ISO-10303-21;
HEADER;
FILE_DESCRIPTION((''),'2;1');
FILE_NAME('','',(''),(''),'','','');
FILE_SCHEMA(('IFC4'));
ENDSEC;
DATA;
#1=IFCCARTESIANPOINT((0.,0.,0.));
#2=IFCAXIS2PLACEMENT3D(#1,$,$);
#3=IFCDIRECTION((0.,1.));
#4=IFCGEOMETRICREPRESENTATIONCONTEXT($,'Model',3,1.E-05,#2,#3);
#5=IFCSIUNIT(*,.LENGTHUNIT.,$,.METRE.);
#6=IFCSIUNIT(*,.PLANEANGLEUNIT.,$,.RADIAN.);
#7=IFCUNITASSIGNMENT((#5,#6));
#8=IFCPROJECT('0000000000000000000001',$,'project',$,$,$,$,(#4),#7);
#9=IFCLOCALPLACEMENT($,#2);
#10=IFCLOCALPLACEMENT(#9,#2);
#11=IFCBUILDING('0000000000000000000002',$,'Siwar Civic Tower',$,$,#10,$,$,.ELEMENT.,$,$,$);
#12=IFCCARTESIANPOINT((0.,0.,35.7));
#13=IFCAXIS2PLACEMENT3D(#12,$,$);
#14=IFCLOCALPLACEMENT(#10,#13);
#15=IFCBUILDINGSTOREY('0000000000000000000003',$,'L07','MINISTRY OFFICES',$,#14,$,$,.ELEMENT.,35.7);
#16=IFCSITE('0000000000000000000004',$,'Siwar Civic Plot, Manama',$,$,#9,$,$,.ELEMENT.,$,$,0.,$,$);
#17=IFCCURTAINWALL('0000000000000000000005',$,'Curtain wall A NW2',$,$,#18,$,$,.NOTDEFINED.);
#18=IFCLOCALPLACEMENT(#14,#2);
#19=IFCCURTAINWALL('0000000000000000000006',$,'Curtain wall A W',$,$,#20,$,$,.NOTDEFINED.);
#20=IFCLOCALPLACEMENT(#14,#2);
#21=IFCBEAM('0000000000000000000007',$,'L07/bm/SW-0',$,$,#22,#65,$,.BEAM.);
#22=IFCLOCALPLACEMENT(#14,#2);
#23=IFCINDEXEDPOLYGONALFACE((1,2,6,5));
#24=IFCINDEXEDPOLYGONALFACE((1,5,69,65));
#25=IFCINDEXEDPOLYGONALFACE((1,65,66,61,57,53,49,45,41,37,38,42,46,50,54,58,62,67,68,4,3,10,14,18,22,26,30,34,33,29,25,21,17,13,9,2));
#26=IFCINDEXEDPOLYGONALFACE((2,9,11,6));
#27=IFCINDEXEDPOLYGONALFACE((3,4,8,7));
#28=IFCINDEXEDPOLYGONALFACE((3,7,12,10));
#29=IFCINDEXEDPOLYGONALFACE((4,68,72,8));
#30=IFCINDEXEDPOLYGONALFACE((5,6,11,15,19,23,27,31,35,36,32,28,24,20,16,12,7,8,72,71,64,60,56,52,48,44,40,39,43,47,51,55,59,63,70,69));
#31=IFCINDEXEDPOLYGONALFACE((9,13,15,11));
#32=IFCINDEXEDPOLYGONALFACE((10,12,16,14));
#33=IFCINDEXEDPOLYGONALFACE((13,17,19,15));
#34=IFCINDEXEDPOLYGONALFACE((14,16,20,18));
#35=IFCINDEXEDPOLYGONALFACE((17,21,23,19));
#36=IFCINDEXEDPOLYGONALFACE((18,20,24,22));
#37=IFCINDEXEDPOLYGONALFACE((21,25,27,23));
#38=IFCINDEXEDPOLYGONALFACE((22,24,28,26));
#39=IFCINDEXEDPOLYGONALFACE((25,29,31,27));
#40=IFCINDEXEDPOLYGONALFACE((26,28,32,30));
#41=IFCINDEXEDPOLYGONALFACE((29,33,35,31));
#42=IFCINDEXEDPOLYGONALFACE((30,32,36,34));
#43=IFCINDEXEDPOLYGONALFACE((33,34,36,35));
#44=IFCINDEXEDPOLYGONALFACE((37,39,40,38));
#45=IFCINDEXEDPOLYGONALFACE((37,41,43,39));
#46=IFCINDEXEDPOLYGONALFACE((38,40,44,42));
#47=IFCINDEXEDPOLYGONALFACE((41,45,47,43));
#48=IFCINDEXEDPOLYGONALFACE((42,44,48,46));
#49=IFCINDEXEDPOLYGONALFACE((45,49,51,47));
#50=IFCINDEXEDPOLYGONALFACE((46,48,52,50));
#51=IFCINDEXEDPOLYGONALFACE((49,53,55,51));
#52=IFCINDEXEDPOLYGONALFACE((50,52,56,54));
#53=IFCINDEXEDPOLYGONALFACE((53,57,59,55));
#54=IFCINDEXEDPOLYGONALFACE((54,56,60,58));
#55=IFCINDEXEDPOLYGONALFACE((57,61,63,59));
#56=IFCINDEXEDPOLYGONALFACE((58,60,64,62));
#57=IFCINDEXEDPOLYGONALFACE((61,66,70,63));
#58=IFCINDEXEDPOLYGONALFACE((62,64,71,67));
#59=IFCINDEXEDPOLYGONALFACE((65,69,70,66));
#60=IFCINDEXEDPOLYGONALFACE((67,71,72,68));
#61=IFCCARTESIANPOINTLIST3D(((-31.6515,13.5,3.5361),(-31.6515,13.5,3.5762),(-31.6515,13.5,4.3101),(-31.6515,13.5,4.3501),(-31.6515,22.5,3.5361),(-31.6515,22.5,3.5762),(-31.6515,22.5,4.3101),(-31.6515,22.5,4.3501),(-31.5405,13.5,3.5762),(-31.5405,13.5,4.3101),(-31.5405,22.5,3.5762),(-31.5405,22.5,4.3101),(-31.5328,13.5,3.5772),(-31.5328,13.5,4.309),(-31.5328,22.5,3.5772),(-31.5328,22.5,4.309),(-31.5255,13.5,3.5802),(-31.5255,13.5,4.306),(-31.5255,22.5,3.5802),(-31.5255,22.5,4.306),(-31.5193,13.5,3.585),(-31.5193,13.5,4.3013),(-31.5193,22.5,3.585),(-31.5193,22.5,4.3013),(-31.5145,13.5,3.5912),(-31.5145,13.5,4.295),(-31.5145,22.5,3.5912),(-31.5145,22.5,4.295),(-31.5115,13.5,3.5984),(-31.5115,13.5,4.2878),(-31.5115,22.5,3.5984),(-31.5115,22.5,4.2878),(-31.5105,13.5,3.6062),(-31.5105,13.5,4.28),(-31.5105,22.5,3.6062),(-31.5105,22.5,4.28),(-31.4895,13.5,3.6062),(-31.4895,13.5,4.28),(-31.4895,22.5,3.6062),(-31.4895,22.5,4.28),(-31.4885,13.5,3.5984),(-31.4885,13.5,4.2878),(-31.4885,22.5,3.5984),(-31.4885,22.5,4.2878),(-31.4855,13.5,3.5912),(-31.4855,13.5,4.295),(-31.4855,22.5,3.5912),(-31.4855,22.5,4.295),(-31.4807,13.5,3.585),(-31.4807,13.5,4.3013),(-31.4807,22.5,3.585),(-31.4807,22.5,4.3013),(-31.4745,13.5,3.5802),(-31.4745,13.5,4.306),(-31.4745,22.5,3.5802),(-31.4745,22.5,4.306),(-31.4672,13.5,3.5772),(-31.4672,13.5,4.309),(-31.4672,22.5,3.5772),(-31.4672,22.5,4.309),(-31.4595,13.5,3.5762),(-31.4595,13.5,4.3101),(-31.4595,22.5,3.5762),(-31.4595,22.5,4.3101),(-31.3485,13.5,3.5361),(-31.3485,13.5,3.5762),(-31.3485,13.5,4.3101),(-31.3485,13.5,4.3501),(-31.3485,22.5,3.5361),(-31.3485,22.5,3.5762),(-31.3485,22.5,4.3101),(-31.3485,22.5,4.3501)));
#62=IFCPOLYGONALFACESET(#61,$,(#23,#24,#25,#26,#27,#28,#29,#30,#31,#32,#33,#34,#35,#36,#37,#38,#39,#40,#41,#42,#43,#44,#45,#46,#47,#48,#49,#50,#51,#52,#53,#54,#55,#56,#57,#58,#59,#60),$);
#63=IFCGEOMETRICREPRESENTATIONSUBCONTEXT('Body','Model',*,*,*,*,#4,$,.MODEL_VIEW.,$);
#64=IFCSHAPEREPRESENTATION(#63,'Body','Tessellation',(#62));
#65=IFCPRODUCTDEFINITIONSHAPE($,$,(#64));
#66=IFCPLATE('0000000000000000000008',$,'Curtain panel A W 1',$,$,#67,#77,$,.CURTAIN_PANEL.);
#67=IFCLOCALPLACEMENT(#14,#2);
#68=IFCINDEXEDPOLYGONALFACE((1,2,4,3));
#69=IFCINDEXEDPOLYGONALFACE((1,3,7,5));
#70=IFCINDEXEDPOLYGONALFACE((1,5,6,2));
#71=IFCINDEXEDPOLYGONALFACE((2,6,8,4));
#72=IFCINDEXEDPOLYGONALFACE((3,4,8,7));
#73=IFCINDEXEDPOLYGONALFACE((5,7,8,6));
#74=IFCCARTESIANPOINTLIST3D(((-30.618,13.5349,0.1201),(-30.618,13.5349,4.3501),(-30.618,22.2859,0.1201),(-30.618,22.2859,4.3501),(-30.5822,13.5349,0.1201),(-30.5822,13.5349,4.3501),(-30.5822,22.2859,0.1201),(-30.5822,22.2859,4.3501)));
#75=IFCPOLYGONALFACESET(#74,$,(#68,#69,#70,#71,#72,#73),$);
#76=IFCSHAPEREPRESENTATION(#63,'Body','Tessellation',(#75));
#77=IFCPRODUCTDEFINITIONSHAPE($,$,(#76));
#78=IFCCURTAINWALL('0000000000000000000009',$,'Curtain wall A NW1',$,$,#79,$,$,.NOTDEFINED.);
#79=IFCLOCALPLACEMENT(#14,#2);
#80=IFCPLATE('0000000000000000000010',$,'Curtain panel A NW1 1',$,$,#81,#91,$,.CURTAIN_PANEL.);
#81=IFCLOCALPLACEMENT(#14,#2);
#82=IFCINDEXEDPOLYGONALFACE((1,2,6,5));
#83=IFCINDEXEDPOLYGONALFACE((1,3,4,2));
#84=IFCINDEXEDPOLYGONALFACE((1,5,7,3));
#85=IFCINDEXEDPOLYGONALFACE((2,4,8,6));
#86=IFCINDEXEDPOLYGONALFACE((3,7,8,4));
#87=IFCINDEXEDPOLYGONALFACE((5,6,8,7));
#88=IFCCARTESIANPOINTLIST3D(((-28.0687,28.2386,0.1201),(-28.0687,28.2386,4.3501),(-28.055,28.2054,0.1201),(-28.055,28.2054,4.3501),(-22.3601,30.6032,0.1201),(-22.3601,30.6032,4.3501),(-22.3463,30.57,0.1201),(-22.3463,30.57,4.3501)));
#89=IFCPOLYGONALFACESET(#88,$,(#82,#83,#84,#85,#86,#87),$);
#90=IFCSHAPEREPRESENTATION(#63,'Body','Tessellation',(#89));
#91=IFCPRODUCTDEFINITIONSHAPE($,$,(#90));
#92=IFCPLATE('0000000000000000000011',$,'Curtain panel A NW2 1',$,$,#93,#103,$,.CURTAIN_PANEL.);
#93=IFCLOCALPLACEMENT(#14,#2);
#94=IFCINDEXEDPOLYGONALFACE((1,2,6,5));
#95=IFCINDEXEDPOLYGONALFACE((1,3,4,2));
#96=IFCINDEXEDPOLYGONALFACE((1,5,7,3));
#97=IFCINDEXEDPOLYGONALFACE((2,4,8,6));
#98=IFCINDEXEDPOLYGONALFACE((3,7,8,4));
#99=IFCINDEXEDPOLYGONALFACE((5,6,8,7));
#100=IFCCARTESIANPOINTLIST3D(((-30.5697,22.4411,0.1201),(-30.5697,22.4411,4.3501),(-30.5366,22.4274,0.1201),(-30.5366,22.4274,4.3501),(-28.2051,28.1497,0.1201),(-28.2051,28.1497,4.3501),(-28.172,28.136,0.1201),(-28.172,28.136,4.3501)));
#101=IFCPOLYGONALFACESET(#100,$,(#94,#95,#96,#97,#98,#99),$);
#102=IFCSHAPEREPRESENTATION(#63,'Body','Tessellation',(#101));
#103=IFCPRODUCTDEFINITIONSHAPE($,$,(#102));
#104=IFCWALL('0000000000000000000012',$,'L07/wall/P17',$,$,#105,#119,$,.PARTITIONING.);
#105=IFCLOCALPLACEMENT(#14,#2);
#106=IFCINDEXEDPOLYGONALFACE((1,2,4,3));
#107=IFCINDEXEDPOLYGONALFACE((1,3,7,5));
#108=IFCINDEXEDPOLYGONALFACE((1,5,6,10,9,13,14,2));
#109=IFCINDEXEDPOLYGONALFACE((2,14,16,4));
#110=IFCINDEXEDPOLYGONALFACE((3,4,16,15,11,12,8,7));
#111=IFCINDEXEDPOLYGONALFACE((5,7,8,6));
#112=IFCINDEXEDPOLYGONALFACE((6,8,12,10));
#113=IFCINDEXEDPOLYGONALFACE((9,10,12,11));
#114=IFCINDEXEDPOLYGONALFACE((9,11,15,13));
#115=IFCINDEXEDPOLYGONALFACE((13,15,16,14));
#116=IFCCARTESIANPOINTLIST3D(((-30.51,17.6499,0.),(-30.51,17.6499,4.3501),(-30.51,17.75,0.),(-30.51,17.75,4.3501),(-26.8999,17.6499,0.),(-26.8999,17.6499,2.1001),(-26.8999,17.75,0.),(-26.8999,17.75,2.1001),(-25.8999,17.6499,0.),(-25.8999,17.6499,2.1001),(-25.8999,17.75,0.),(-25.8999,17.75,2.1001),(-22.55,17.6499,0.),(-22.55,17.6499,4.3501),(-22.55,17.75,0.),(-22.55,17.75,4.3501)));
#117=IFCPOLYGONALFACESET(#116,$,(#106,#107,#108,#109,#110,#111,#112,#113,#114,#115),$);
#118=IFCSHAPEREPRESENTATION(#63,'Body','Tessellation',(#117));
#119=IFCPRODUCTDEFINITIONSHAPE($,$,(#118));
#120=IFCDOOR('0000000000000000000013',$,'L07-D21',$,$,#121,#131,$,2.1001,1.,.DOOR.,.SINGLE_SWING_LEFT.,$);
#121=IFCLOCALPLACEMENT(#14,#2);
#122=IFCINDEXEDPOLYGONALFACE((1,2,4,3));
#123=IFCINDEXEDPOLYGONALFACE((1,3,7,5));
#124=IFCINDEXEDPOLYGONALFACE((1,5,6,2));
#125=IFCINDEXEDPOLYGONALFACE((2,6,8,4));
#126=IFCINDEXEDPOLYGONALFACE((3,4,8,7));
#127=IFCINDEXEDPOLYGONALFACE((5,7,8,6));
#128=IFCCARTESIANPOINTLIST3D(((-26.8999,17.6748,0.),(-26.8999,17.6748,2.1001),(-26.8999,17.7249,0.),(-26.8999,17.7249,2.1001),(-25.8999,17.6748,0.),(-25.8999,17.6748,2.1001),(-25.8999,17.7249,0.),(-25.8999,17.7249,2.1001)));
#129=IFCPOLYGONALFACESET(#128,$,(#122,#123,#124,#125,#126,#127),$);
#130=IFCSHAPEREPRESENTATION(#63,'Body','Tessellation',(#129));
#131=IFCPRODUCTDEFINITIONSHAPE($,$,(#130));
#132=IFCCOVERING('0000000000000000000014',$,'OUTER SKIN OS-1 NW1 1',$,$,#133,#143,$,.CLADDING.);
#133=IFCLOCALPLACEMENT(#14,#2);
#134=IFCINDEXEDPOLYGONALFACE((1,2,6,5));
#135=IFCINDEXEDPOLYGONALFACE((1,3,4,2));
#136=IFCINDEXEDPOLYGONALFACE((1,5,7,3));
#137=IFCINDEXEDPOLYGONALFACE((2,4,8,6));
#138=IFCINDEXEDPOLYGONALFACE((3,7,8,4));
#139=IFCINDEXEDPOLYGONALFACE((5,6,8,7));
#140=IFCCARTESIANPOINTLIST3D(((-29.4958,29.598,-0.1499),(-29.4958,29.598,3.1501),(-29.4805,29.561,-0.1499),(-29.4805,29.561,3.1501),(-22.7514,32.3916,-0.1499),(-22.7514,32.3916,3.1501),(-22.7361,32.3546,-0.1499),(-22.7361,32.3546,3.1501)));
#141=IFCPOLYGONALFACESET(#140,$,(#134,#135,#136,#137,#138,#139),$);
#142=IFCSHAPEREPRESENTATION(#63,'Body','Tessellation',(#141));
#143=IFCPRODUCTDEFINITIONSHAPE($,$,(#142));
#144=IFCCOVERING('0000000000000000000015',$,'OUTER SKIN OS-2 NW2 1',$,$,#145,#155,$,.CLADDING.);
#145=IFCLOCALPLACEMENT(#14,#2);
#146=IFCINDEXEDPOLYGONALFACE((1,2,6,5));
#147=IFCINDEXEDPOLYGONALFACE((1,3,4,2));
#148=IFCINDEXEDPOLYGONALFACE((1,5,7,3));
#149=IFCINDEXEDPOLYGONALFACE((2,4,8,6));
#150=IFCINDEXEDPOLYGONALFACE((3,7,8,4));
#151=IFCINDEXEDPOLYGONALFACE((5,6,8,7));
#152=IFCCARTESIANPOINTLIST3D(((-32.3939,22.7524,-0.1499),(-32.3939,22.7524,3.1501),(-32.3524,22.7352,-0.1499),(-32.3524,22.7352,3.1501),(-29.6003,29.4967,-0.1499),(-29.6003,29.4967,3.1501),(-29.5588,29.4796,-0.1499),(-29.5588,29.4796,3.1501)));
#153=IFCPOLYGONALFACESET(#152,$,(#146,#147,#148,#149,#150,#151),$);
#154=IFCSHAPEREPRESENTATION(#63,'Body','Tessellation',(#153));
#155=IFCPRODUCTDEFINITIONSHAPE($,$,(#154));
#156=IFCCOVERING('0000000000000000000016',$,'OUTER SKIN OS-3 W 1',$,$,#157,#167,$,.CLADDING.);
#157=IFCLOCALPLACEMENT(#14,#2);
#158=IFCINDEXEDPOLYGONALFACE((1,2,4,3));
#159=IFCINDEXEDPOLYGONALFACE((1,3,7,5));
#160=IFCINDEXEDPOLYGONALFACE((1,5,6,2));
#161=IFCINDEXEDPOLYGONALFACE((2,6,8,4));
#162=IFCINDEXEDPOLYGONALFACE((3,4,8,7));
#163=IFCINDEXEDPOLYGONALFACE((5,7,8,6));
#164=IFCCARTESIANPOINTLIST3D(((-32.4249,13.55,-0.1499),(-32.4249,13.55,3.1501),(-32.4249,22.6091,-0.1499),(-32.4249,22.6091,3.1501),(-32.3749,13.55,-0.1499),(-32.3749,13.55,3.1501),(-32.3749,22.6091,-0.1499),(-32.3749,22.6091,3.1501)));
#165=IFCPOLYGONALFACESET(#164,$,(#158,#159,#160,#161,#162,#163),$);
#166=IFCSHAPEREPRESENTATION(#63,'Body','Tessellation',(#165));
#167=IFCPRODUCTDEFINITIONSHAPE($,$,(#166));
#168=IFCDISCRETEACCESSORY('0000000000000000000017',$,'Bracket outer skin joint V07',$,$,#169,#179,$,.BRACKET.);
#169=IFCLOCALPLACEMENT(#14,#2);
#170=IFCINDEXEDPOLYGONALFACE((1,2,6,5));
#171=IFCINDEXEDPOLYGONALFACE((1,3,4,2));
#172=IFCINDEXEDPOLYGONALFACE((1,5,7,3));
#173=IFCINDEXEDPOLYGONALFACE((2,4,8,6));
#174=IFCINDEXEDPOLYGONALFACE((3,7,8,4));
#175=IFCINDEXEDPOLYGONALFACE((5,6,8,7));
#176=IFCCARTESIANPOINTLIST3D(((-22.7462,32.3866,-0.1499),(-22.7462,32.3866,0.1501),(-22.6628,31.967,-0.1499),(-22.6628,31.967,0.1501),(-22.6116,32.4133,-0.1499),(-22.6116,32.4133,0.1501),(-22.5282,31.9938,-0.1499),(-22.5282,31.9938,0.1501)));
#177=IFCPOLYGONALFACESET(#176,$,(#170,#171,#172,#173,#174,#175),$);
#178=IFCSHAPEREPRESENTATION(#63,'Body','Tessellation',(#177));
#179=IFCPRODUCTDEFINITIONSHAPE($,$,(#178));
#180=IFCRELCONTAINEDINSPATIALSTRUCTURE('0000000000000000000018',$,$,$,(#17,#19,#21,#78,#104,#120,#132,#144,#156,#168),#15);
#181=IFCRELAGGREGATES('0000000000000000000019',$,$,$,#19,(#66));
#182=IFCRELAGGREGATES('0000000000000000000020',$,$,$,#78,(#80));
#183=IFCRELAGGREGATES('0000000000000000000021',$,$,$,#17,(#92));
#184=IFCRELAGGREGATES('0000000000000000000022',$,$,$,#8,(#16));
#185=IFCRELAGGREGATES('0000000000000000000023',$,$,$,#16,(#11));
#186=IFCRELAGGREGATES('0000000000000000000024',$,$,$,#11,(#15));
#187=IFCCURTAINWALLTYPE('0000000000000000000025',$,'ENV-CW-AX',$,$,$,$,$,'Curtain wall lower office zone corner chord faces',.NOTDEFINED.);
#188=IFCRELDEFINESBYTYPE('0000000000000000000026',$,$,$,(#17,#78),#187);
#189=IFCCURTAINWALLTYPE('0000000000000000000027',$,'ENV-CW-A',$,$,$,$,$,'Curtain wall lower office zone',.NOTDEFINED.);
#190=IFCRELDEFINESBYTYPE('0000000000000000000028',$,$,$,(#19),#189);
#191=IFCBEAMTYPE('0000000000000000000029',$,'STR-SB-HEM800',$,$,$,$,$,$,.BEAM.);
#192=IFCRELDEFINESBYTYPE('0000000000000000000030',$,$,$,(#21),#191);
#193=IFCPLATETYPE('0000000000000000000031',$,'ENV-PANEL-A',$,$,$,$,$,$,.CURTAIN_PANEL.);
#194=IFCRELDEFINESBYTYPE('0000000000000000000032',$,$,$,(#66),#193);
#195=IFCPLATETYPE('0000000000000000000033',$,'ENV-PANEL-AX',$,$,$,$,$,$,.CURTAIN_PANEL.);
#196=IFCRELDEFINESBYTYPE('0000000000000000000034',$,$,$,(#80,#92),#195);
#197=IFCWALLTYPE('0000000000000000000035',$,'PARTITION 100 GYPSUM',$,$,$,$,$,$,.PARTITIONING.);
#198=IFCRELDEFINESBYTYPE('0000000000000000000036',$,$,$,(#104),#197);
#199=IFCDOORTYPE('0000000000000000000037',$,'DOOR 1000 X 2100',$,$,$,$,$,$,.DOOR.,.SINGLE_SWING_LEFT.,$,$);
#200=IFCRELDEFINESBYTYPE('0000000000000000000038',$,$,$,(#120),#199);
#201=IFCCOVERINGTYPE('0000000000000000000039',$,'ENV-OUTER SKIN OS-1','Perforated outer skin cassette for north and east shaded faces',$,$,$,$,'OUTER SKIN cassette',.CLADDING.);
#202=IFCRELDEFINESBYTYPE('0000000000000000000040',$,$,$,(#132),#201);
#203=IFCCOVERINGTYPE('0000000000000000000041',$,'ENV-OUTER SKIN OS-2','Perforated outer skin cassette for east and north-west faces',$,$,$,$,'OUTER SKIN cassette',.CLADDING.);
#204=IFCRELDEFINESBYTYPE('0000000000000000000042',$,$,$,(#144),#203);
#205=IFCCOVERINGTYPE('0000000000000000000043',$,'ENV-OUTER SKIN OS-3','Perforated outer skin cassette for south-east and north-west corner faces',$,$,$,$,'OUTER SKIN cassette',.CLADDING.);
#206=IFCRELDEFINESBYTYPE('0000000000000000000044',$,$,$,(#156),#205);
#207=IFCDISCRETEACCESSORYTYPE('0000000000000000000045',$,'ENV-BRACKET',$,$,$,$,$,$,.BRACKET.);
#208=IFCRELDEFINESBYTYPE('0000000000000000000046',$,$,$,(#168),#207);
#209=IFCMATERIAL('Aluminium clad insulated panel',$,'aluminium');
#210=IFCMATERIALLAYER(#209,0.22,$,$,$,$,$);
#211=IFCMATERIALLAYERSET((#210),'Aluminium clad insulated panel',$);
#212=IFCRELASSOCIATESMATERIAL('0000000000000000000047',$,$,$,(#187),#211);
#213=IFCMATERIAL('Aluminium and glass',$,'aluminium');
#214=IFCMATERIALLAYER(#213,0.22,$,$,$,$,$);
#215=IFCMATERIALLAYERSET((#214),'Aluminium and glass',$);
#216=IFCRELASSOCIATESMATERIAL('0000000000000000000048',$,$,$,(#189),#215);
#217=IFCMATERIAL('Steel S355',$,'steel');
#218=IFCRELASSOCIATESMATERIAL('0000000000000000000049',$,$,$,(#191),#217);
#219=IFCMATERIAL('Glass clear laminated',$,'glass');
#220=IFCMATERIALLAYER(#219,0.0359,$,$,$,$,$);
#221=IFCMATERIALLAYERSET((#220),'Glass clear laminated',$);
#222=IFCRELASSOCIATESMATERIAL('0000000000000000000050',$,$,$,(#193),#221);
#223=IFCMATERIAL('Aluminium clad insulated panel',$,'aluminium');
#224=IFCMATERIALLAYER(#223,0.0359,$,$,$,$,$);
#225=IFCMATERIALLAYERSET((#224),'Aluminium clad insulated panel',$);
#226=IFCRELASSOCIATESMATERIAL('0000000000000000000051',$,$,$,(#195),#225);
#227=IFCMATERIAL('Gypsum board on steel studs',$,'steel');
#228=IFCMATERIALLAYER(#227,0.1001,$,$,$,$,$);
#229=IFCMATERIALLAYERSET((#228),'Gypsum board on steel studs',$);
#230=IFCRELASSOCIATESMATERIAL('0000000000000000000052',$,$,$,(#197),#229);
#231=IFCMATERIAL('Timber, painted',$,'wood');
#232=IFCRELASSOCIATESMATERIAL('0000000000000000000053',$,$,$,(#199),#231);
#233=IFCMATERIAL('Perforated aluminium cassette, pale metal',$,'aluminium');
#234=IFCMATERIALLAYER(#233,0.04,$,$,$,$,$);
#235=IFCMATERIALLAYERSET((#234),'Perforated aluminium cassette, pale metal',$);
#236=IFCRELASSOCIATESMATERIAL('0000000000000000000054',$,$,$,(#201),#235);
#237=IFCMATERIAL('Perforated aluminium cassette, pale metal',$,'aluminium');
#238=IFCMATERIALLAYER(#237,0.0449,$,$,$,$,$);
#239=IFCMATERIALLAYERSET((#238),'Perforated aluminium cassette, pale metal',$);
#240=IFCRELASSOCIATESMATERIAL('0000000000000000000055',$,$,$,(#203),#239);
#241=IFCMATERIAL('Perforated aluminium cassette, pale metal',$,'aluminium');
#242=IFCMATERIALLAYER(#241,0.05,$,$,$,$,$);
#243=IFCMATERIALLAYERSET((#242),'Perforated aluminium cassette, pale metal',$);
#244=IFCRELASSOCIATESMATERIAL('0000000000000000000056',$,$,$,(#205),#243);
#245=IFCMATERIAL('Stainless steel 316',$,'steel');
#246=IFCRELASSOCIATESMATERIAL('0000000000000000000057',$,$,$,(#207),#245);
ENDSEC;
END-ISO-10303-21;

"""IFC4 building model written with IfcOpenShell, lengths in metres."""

from ifc_helpers import new_model, si_unit, direction, frame, frame_2d, origin, origin_2d, place, context, subcontext, project, spatial, rectangle, i_section, extrude, material, layer, layer_set, material_profile, profile_set, type_object, element, fill, aggregate, save


model = new_model("IFC4")

# Units and contexts
model_context = context("Model", 3, precision=1e-05, world=origin(), true_north=direction((0.0, 1.0)))
body_context = subcontext(model_context, "Body", "Model", "MODEL_VIEW")
ifc_project = project(units=[si_unit("LENGTHUNIT", "METRE"), si_unit("PLANEANGLEUNIT", "RADIAN")], contexts=[model_context])

# Site, building, storey
site_placement = place(None, origin())
site = spatial("IfcSite", under=ifc_project, at=site_placement, Name="Siwar Civic Plot, Manama", CompositionType="ELEMENT", RefElevation=0.0)
building_placement = place(site_placement, origin())
building = spatial("IfcBuilding", under=site, at=building_placement, Name="Siwar Civic Tower", CompositionType="ELEMENT")
storey_placement = place(building_placement, frame((0.0, 0.0, 35.7)))
storey = spatial("IfcBuildingStorey", under=building, at=storey_placement, Name="L07", Description="MINISTRY OFFICES", CompositionType="ELEMENT", Elevation=35.7)

# Curtain walls
ifc_material_1 = material(Name="Aluminium clad insulated panel", Category="aluminium")
ifc_layer_1 = layer(ifc_material_1, 0.22)
ifc_layer_set_1 = layer_set([ifc_layer_1], Name="Aluminium clad insulated panel")
curtain_wall_type_1 = type_object("IfcCurtainWallType", Name="ENV-CW-AX", ElementType="Curtain wall lower office zone corner chord faces", PredefinedType="NOTDEFINED", material=ifc_layer_set_1)
curtain_wall_1_placement = place(storey_placement, origin())
curtain_wall_1 = element("IfcCurtainWall", 1, at=curtain_wall_1_placement, inside=storey, type_object=curtain_wall_type_1, Name="Curtain wall A NW2", PredefinedType="NOTDEFINED")
ifc_material_2 = material(Name="Aluminium and glass", Category="aluminium")
ifc_layer_2 = layer(ifc_material_2, 0.22)
ifc_layer_set_2 = layer_set([ifc_layer_2], Name="Aluminium and glass")
curtain_wall_type_2 = type_object("IfcCurtainWallType", Name="ENV-CW-A", ElementType="Curtain wall lower office zone", PredefinedType="NOTDEFINED", material=ifc_layer_set_2)
curtain_wall_2_placement = place(storey_placement, origin())
curtain_wall_2 = element("IfcCurtainWall", 2, at=curtain_wall_2_placement, inside=storey, type_object=curtain_wall_type_2, Name="Curtain wall A W", PredefinedType="NOTDEFINED")

# Beam
ifc_material_3 = material(Name="Steel S355", Category="steel")
ifc_material_profile_1 = material_profile(ifc_material_3, i_section(OverallWidth=0.303, OverallDepth=0.814, WebThickness=0.021, FlangeThickness=0.04, FilletRadius=0.03, at=origin_2d()), Name="HEM800")
ifc_profile_set_1 = profile_set([ifc_material_profile_1], Name="Steel S355")
beam_type_1 = type_object("IfcBeamType", Name="STR-SB-HEM800", PredefinedType="BEAM", material=ifc_profile_set_1)
beam_1_placement = place(storey_placement, frame((-31.5, 22.5, 3.9431), z_axis=(0.0, -1.0, 0.0), x_axis=(1.0, 0.0, 0.0)))
element("IfcBeam", 3, at=beam_1_placement, inside=storey, type_object=beam_type_1, Name="L07/bm/SW-0", PredefinedType="BEAM", context=body_context, shape_type="SweptSolid", body=[
    extrude(i_section(OverallWidth=0.303, OverallDepth=0.814, WebThickness=0.021, FlangeThickness=0.04, FilletRadius=0.03, at=origin_2d()), origin(), (0.0, 0.0, 1.0), 9.0),
])

# Plate
ifc_material_4 = material(Name="Glass clear laminated", Category="glass")
ifc_layer_3 = layer(ifc_material_4, 0.0359)
ifc_layer_set_3 = layer_set([ifc_layer_3], Name="Glass clear laminated")
plate_type_1 = type_object("IfcPlateType", Name="ENV-PANEL-A", PredefinedType="CURTAIN_PANEL", material=ifc_layer_set_3)
plate_1_placement = place(storey_placement, frame((-30.6001, 17.9104, 0.1201), z_axis=(0.0, 0.0, 1.0), x_axis=(0.0, -1.0, 0.0)))
plate_1 = element("IfcPlate", 4, at=plate_1_placement, type_object=plate_type_1, Name="Curtain panel A W 1", PredefinedType="CURTAIN_PANEL", context=body_context, shape_type="SweptSolid", body=[
    extrude(rectangle(XDim=8.751, YDim=0.0359, at=origin_2d()), origin(), (0.0, 0.0, 1.0), 4.23),
])
aggregate(curtain_wall_2, [plate_1])

# Curtain wall, plate
curtain_wall_3_placement = place(storey_placement, origin())
curtain_wall_3 = element("IfcCurtainWall", 5, at=curtain_wall_3_placement, inside=storey, type_object=curtain_wall_type_1, Name="Curtain wall A NW1", PredefinedType="NOTDEFINED")
ifc_material_5 = material(Name="Aluminium clad insulated panel", Category="aluminium")
ifc_layer_4 = layer(ifc_material_5, 0.0359)
ifc_layer_set_4 = layer_set([ifc_layer_4], Name="Aluminium clad insulated panel")
plate_type_2 = type_object("IfcPlateType", Name="ENV-PANEL-AX", PredefinedType="CURTAIN_PANEL", material=ifc_layer_set_4)
plate_2_placement = place(storey_placement, frame((-25.2075, 29.4043, 0.1201), z_axis=(0.0, 0.0, 1.0), x_axis=(-0.92388, -0.382683, 0.0)))
plate_2 = element("IfcPlate", 6, at=plate_2_placement, type_object=plate_type_2, Name="Curtain panel A NW1 1", PredefinedType="CURTAIN_PANEL", context=body_context, shape_type="SweptSolid", body=[
    extrude(rectangle(XDim=6.179, YDim=0.0359, at=origin_2d()), origin(), (0.0, 0.0, 1.0), 4.23),
])
aggregate(curtain_wall_3, [plate_2])

# Plate
plate_3_placement = place(storey_placement, frame((-29.3708, 25.2886, 0.1201), z_axis=(0.0, 0.0, 1.0), x_axis=(-0.382683, -0.92388, 0.0)))
plate_3 = element("IfcPlate", 7, at=plate_3_placement, type_object=plate_type_2, Name="Curtain panel A NW2 1", PredefinedType="CURTAIN_PANEL", context=body_context, shape_type="SweptSolid", body=[
    extrude(rectangle(XDim=6.179, YDim=0.0359, at=origin_2d()), origin(), (0.0, 0.0, 1.0), 4.23),
])
aggregate(curtain_wall_1, [plate_3])

# Wall, opening, door
ifc_material_6 = material(Name="Gypsum board on steel studs", Category="steel")
ifc_layer_5 = layer(ifc_material_6, 0.1001)
ifc_layer_set_5 = layer_set([ifc_layer_5], Name="Gypsum board on steel studs")
wall_type = type_object("IfcWallType", Name="PARTITION 100 GYPSUM", PredefinedType="PARTITIONING", material=ifc_layer_set_5)
wall_placement = place(storey_placement, frame((-30.51, 17.7, 0.0), z_axis=(0.0, 0.0, 1.0), x_axis=(1.0, 0.0, 0.0)))
wall = element("IfcWall", 8, at=wall_placement, inside=storey, type_object=wall_type, Name="L07/wall/P17", PredefinedType="PARTITIONING", context=body_context, shape_type="SweptSolid", body=[
    extrude(rectangle(XDim=7.96, YDim=0.1001, at=frame_2d((3.98, 0.0))), origin(), (0.0, 0.0, 1.0), 4.3501),
])
opening_placement = place(wall_placement, frame((3.6101, 0.0, 0.0)))
opening = element("IfcOpeningElement", 9, at=opening_placement, cuts=wall, PredefinedType="OPENING", context=body_context, shape_type="SweptSolid", body=[
    extrude(rectangle(XDim=1.0, YDim=2.1001, at=frame_2d((0.5, 1.05))), frame((0.0, 0.0601, 0.0), z_axis=(0.0, -1.0, 0.0), x_axis=(1.0, 0.0, 0.0)), (0.0, 0.0, 1.0), 0.1201),
])
ifc_material_7 = material(Name="Timber, painted", Category="wood")
door_type = type_object("IfcDoorType", Name="DOOR 1000 X 2100", OperationType="SINGLE_SWING_LEFT", PredefinedType="DOOR", material=ifc_material_7)
door_placement = place(opening_placement, origin())
door = element("IfcDoor", 10, at=door_placement, inside=storey, type_object=door_type, Name="L07-D21", OperationType="SINGLE_SWING_LEFT", OverallHeight=2.1001, OverallWidth=1.0, PredefinedType="DOOR", context=body_context, shape_type="SweptSolid", body=[
    extrude(rectangle(XDim=1.0, YDim=2.1001, at=frame_2d((0.5, 1.05))), frame((0.0, 0.0249, 0.0), z_axis=(0.0, -1.0, 0.0), x_axis=(1.0, 0.0, 0.0)), (0.0, 0.0, 1.0), 0.05),
])
fill(opening, door)

# Coverings
ifc_material_8 = material(Name="Perforated aluminium cassette, pale metal", Category="aluminium")
ifc_layer_6 = layer(ifc_material_8, 0.04)
ifc_layer_set_6 = layer_set([ifc_layer_6], Name="Perforated aluminium cassette, pale metal")
covering_type_1 = type_object("IfcCoveringType", Name="ENV-OUTER SKIN OS-1", Description="Perforated outer skin cassette for north and east shaded faces", ElementType="OUTER SKIN cassette", PredefinedType="CLADDING", material=ifc_layer_set_6)
covering_1_placement = place(storey_placement, frame((-26.116, 30.9763, -0.1499), z_axis=(0.0, 0.0, 1.0), x_axis=(-0.92388, -0.382683, 0.0)))
element("IfcCovering", 11, at=covering_1_placement, inside=storey, type_object=covering_type_1, Name="OUTER SKIN OS-1 NW1 1", PredefinedType="CLADDING", context=body_context, shape_type="SweptSolid", body=[
    extrude(rectangle(XDim=7.3, YDim=0.04, at=origin_2d()), origin(), (0.0, 0.0, 1.0), 3.3),
])
ifc_material_9 = material(Name="Perforated aluminium cassette, pale metal", Category="aluminium")
ifc_layer_7 = layer(ifc_material_9, 0.0449)
ifc_layer_set_7 = layer_set([ifc_layer_7], Name="Perforated aluminium cassette, pale metal")
covering_type_2 = type_object("IfcCoveringType", Name="ENV-OUTER SKIN OS-2", Description="Perforated outer skin cassette for east and north-west faces", ElementType="OUTER SKIN cassette", PredefinedType="CLADDING", material=ifc_layer_set_7)
covering_2_placement = place(storey_placement, frame((-30.9763, 26.116, -0.1499), z_axis=(0.0, 0.0, 1.0), x_axis=(-0.382683, -0.92388, 0.0)))
element("IfcCovering", 12, at=covering_2_placement, inside=storey, type_object=covering_type_2, Name="OUTER SKIN OS-2 NW2 1", PredefinedType="CLADDING", context=body_context, shape_type="SweptSolid", body=[
    extrude(rectangle(XDim=7.3, YDim=0.0449, at=origin_2d()), origin(), (0.0, 0.0, 1.0), 3.3),
])
ifc_material_10 = material(Name="Perforated aluminium cassette, pale metal", Category="aluminium")
ifc_layer_8 = layer(ifc_material_10, 0.05)
ifc_layer_set_8 = layer_set([ifc_layer_8], Name="Perforated aluminium cassette, pale metal")
covering_type_3 = type_object("IfcCoveringType", Name="ENV-OUTER SKIN OS-3", Description="Perforated outer skin cassette for south-east and north-west corner faces", ElementType="OUTER SKIN cassette", PredefinedType="CLADDING", material=ifc_layer_set_8)
covering_3_placement = place(storey_placement, frame((-32.3999, 18.0796, -0.1499), z_axis=(0.0, 0.0, 1.0), x_axis=(0.0, -1.0, 0.0)))
element("IfcCovering", 13, at=covering_3_placement, inside=storey, type_object=covering_type_3, Name="OUTER SKIN OS-3 W 1", PredefinedType="CLADDING", context=body_context, shape_type="SweptSolid", body=[
    extrude(rectangle(XDim=9.0591, YDim=0.05, at=origin_2d()), origin(), (0.0, 0.0, 1.0), 3.3),
])

# Discrete accessory
ifc_material_11 = material(Name="Stainless steel 316", Category="steel")
discrete_accessory_type = type_object("IfcDiscreteAccessoryType", Name="ENV-BRACKET", PredefinedType="BRACKET", material=ifc_material_11)
discrete_accessory_1_placement = place(storey_placement, frame((-22.6372, 32.1902, -0.1499), z_axis=(0.0, 0.0, 1.0), x_axis=(-0.19509, 0.980785, 0.0)))
element("IfcDiscreteAccessory", 14, at=discrete_accessory_1_placement, inside=storey, type_object=discrete_accessory_type, Name="Bracket outer skin joint V07", PredefinedType="BRACKET", context=body_context, shape_type="SweptSolid", body=[
    extrude(rectangle(XDim=0.4277, YDim=0.1372, at=origin_2d()), origin(), (0.0, 0.0, 1.0), 0.3),
])

save(model, "model.ifc")
